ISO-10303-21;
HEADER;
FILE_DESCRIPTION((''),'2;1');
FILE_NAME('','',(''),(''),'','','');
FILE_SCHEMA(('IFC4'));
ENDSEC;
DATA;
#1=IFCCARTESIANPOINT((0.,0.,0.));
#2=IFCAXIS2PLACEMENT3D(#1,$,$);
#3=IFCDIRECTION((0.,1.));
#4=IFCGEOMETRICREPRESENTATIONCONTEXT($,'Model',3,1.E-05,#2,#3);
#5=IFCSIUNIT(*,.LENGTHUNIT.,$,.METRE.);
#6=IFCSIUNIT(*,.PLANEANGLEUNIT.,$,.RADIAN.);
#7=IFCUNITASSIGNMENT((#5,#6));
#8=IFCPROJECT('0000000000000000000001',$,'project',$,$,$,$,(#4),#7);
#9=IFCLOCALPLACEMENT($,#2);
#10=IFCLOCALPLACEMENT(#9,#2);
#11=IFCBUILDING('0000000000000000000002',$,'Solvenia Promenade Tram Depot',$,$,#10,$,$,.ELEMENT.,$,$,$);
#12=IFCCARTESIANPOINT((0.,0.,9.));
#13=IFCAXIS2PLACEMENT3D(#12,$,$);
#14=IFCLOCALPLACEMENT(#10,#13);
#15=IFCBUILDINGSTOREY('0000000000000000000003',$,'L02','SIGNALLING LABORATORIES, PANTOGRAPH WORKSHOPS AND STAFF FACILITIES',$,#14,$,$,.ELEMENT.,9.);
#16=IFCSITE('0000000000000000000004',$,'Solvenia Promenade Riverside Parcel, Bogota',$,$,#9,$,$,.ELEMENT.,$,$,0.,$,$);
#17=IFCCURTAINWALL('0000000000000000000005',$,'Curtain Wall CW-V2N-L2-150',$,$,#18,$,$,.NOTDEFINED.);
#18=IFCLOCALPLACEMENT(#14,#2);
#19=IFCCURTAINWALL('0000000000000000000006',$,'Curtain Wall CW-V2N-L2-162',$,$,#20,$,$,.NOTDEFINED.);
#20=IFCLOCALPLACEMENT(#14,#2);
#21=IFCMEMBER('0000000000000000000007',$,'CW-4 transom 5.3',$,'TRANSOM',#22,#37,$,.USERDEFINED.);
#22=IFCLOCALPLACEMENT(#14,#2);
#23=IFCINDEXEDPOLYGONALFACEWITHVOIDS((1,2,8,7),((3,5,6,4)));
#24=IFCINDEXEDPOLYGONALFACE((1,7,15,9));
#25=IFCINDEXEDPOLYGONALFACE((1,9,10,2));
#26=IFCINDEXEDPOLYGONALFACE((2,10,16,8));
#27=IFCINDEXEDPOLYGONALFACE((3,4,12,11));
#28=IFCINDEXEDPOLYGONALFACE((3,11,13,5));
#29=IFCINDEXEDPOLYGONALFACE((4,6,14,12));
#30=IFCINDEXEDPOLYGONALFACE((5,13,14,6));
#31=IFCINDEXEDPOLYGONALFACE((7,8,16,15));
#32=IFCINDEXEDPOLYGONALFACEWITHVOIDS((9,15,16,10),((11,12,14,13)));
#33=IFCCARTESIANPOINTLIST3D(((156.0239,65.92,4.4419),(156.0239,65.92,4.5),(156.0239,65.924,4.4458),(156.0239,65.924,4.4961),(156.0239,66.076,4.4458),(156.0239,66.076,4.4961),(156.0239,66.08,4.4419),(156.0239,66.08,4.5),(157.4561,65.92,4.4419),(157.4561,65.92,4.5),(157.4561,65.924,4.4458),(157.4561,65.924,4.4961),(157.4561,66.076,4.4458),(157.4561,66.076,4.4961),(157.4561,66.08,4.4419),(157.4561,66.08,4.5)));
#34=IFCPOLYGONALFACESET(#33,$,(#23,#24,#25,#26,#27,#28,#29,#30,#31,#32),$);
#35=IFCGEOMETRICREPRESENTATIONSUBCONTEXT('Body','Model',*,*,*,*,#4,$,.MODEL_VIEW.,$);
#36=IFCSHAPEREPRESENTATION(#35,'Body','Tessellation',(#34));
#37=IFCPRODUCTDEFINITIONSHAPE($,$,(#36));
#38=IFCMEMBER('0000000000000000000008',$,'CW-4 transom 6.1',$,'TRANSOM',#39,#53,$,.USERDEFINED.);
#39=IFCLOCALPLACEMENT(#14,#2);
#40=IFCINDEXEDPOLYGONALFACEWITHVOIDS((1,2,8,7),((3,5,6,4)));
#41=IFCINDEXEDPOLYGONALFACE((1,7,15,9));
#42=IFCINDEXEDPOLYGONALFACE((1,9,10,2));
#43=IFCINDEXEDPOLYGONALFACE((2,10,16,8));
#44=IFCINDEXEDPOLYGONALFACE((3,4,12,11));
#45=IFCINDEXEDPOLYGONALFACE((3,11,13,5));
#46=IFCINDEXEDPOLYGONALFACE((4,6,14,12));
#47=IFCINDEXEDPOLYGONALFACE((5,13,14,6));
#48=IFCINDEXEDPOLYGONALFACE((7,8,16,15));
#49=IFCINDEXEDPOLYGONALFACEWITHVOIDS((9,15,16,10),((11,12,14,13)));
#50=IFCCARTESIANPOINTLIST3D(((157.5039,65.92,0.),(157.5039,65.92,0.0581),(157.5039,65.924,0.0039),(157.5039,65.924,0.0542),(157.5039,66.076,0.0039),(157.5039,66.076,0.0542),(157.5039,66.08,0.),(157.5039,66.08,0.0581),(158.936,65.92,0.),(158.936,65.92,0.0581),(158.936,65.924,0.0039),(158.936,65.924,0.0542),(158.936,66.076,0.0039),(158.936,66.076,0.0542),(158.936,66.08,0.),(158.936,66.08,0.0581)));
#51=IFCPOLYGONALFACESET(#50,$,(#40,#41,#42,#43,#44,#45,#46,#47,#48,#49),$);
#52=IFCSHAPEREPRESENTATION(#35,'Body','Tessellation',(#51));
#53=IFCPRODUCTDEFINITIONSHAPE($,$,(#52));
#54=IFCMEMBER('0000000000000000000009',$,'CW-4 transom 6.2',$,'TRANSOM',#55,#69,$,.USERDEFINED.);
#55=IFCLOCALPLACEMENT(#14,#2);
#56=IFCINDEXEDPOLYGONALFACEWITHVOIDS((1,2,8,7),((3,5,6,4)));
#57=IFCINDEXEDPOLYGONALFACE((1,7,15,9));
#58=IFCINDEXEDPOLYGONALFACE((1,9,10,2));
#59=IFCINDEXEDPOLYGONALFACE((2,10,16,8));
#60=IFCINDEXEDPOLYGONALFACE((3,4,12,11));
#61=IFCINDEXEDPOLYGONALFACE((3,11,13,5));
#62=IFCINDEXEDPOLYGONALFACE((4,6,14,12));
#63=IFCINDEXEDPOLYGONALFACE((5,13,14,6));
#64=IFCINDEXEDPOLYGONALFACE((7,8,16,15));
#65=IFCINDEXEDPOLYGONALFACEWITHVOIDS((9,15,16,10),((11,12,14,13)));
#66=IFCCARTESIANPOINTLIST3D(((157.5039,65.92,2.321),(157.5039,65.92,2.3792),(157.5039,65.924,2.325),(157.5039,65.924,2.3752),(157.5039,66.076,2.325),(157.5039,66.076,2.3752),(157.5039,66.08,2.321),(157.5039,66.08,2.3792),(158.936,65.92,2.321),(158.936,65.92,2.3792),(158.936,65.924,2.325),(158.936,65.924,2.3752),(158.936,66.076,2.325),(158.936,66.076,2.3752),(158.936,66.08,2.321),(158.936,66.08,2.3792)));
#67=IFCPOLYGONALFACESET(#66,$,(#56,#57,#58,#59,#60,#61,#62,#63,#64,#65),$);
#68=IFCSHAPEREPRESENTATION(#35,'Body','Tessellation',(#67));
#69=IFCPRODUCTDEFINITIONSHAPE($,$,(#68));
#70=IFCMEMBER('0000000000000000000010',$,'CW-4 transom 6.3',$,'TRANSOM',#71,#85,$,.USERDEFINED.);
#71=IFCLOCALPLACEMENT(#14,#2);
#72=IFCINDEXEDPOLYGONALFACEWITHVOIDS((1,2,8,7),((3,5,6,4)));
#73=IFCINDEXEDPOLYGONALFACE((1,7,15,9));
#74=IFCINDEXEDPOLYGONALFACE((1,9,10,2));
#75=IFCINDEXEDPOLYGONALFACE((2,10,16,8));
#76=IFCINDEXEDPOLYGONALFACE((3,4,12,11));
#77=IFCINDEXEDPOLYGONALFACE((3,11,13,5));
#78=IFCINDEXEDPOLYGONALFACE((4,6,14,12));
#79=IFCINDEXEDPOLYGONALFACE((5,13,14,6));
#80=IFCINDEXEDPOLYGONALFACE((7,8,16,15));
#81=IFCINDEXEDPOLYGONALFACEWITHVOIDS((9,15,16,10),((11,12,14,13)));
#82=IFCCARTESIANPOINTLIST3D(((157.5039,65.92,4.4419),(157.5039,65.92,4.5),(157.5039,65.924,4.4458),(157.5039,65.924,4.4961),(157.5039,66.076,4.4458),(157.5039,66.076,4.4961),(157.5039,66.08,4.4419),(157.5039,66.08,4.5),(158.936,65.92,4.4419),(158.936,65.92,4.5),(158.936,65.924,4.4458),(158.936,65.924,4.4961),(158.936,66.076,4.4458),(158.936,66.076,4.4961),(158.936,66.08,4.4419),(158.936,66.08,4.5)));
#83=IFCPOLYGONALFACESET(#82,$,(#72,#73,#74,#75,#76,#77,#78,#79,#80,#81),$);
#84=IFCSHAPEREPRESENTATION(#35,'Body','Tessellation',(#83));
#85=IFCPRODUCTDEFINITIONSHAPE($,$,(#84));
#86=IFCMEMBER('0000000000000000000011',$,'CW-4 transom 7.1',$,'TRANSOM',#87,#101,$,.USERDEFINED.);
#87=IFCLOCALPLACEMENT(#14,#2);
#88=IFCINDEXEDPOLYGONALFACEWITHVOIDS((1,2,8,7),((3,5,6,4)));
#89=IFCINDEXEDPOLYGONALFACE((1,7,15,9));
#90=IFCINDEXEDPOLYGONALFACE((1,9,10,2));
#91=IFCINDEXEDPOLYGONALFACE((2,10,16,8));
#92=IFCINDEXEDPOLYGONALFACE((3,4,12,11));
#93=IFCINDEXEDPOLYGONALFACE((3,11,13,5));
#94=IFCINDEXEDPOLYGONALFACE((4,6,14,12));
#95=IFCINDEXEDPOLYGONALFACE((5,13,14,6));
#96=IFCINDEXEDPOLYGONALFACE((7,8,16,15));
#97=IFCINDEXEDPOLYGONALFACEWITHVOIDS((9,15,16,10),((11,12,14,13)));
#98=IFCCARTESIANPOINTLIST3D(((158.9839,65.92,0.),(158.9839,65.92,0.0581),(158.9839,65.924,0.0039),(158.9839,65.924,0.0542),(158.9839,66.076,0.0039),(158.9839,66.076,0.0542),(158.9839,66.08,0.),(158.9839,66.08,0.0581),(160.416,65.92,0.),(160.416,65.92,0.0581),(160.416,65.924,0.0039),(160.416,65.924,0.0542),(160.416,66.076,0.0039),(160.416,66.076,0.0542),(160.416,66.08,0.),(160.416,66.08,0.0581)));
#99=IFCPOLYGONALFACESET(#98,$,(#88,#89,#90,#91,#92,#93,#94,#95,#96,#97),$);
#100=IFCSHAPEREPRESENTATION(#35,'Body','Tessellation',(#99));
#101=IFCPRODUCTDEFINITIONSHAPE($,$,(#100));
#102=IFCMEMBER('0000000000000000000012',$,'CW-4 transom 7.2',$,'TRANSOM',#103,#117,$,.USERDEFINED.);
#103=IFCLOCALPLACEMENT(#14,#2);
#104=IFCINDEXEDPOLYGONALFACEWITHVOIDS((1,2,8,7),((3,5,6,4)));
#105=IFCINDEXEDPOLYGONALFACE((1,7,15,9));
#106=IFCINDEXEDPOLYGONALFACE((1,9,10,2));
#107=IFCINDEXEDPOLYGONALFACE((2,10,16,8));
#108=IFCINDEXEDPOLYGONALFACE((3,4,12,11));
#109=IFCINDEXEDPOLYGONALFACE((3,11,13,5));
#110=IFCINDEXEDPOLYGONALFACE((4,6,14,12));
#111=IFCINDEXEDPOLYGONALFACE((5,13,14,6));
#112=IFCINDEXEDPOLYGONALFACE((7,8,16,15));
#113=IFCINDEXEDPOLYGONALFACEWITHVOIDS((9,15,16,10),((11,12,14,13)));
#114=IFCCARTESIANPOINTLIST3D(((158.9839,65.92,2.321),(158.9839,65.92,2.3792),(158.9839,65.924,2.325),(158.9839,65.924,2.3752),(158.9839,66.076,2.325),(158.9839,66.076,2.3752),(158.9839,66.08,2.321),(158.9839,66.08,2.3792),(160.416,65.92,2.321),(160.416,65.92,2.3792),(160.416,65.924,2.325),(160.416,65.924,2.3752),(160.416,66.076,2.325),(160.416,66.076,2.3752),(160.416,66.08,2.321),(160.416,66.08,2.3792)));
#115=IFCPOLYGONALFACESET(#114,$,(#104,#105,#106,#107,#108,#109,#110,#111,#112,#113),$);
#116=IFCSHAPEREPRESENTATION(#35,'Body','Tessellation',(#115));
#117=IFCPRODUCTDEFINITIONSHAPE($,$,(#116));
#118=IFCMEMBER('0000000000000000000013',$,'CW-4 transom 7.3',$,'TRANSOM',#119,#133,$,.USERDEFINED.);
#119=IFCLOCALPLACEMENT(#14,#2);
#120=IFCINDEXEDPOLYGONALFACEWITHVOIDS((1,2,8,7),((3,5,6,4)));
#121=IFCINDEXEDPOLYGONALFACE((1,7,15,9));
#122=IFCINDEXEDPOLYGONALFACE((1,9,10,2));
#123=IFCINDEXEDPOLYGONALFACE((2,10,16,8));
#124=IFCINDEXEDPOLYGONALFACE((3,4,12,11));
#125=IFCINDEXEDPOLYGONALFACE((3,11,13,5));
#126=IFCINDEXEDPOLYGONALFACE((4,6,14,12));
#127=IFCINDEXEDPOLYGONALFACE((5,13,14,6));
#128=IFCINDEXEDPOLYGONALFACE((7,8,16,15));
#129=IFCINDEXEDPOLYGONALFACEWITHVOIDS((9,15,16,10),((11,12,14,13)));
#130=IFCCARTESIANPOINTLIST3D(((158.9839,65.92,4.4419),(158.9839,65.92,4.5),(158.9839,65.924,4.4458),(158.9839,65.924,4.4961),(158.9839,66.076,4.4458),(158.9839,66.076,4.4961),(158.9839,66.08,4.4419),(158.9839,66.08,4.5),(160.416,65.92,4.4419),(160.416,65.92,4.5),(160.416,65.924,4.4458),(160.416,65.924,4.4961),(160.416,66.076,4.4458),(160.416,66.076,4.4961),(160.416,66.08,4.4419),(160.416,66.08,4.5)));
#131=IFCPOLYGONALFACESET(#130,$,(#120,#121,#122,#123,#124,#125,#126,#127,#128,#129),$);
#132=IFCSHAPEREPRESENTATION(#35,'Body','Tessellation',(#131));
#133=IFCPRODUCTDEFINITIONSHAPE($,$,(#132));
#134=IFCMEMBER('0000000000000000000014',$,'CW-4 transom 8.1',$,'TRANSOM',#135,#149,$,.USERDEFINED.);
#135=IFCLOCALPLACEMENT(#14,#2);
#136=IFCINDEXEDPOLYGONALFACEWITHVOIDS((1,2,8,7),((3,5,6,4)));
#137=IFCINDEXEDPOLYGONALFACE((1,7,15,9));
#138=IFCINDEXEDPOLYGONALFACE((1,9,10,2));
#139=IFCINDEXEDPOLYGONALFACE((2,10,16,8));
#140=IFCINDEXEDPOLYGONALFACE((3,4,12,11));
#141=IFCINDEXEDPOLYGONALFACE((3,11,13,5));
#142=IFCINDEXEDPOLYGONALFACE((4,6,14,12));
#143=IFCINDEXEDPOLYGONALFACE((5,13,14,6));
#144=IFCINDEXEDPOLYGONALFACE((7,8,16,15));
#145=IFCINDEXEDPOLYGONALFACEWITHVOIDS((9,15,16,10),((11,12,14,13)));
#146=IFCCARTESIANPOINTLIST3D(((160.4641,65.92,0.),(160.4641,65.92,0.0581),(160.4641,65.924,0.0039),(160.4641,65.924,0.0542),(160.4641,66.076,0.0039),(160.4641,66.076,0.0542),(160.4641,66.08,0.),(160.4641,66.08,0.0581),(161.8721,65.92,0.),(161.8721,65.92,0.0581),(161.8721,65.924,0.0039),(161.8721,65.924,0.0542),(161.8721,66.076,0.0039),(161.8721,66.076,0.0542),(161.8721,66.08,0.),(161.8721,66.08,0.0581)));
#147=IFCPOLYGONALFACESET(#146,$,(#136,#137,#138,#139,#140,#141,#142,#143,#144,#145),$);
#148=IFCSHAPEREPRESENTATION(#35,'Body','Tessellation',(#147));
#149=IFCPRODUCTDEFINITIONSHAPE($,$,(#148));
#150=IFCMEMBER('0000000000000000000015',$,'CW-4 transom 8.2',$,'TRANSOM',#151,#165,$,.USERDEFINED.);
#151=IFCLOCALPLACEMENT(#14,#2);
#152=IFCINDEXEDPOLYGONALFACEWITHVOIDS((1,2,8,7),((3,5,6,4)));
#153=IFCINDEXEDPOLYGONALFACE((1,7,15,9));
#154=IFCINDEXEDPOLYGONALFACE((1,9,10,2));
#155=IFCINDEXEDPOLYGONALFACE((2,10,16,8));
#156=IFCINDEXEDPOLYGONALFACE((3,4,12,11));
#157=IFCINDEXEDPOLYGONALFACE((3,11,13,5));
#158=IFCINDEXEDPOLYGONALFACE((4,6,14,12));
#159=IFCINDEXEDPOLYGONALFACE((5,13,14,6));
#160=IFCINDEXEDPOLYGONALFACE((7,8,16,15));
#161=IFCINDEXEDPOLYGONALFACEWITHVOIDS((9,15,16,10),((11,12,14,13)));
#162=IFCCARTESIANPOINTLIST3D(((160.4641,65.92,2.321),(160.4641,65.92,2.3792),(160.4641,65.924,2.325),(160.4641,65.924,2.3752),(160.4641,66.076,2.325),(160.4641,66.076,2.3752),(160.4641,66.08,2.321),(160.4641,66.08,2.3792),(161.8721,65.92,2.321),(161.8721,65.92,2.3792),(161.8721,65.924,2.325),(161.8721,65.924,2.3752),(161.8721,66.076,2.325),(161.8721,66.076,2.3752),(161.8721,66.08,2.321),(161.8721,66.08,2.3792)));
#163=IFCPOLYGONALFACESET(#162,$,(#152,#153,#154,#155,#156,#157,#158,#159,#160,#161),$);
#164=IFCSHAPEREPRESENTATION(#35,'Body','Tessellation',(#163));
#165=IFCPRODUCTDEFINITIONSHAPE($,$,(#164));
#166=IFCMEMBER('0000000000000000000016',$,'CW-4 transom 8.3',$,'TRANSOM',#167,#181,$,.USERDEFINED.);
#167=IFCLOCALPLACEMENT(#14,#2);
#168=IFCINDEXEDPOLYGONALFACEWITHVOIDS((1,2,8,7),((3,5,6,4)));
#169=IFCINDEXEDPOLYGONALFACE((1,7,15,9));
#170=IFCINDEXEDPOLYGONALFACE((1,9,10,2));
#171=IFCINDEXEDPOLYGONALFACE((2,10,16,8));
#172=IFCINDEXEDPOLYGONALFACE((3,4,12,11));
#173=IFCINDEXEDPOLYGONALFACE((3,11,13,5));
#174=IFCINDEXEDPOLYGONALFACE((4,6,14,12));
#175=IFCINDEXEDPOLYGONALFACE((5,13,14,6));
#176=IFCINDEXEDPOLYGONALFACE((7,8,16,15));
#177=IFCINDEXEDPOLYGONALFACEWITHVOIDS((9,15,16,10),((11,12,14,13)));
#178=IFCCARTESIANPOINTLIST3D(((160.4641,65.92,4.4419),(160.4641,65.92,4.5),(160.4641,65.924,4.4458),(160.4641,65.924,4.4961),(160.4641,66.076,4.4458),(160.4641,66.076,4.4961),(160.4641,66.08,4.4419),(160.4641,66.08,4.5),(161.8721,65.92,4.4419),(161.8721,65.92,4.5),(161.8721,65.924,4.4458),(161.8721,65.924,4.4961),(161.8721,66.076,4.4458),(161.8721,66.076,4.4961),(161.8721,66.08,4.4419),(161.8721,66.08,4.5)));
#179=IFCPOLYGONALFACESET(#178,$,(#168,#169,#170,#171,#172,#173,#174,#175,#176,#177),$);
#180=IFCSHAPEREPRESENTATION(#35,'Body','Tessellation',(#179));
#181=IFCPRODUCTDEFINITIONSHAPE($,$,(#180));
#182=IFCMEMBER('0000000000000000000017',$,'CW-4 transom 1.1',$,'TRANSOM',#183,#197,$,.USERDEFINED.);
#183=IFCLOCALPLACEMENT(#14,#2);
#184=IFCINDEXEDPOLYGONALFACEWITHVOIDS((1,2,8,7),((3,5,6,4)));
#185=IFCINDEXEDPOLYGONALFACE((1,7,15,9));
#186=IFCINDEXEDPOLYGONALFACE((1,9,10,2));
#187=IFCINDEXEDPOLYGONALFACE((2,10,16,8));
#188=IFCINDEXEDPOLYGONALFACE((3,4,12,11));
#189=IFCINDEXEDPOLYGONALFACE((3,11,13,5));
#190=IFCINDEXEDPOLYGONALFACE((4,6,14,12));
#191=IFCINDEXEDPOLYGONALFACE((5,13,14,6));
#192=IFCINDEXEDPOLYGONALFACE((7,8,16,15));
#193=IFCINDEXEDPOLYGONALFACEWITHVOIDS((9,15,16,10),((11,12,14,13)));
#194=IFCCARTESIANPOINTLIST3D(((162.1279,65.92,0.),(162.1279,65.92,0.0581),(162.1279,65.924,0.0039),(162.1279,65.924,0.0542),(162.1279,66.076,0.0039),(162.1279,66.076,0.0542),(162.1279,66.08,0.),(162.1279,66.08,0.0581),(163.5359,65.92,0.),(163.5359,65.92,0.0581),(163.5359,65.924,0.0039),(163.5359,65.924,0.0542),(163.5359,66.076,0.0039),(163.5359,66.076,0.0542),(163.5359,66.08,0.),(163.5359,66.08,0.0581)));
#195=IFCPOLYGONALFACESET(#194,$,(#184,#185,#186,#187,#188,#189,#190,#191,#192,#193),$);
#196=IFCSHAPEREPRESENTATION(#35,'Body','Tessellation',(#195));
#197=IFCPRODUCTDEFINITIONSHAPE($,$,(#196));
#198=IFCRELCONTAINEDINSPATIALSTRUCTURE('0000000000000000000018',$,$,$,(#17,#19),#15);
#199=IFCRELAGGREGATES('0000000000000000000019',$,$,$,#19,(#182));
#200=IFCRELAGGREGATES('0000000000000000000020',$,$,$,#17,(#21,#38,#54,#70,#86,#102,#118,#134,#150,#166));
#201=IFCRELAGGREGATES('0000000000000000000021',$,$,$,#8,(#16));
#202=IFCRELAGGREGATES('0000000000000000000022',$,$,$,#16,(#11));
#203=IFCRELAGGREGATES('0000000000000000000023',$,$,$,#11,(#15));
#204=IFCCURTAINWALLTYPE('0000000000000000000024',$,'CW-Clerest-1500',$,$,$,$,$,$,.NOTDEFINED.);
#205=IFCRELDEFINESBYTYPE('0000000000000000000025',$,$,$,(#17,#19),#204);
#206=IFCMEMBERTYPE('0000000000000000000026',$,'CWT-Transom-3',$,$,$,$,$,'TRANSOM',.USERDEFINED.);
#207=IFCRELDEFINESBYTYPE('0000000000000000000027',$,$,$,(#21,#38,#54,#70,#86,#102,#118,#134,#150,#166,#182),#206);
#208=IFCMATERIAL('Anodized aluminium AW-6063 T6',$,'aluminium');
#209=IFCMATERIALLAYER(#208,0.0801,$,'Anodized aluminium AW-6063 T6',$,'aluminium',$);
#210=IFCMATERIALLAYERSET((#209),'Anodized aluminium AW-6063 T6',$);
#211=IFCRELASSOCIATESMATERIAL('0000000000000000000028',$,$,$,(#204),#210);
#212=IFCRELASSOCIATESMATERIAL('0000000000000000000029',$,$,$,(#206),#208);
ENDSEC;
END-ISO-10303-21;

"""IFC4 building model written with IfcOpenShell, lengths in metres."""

from ifc_helpers import new_model, si_unit, direction, frame, origin, origin_2d, place, context, subcontext, project, spatial, hollow_rectangle, extrude, material, layer, layer_set, material_profile, profile_set, type_object, element, aggregate, save


model = new_model("IFC4")

# Units and contexts
model_context = context("Model", 3, precision=1e-05, world=origin(), true_north=direction((0.0, 1.0)))
body_context = subcontext(model_context, "Body", "Model", "MODEL_VIEW")
ifc_project = project(units=[si_unit("LENGTHUNIT", "METRE"), si_unit("PLANEANGLEUNIT", "RADIAN")], contexts=[model_context])

# Site, building, storey
site_placement = place(None, origin())
site = spatial("IfcSite", under=ifc_project, at=site_placement, Name="Solvenia Promenade Riverside Parcel, Bogota", CompositionType="ELEMENT", RefElevation=0.0)
building_placement = place(site_placement, origin())
building = spatial("IfcBuilding", under=site, at=building_placement, Name="Solvenia Promenade Tram Depot", CompositionType="ELEMENT")
storey_placement = place(building_placement, frame((0.0, 0.0, 9.0)))
storey = spatial("IfcBuildingStorey", under=building, at=storey_placement, Name="L02", Description="SIGNALLING LABORATORIES, PANTOGRAPH WORKSHOPS AND STAFF FACILITIES", CompositionType="ELEMENT", Elevation=9.0)

# Curtain wall
ifc_material_1 = material(Name="Anodized aluminium AW-6063 T6", Category="aluminium")
ifc_layer_1 = layer(ifc_material_1, 0.0801, Name="Anodized aluminium AW-6063 T6", Category="aluminium")
ifc_layer_set_1 = layer_set([ifc_layer_1], Name="Anodized aluminium AW-6063 T6")
curtain_wall_type = type_object("IfcCurtainWallType", Name="CW-Clerest-1500", PredefinedType="NOTDEFINED", material=ifc_layer_set_1)
curtain_wall_1_placement = place(storey_placement, origin())
curtain_wall_1 = element("IfcCurtainWall", 1, at=curtain_wall_1_placement, inside=storey, type_object=curtain_wall_type, Name="Curtain Wall CW-V2N-L2-150", PredefinedType="NOTDEFINED")

# Curtain wall
curtain_wall_2_placement = place(storey_placement, origin())
curtain_wall_2 = element("IfcCurtainWall", 2, at=curtain_wall_2_placement, inside=storey, type_object=curtain_wall_type, Name="Curtain Wall CW-V2N-L2-162", PredefinedType="NOTDEFINED")

# Members
ifc_material_profile_1 = material_profile(ifc_material_1, hollow_rectangle(XDim=0.1599, YDim=0.0581, WallThickness=0.0039, at=origin_2d()), Name="ALU-T3", Category="aluminium")
ifc_profile_set_1 = profile_set([ifc_material_profile_1], Name="Anodized aluminium AW-6063 T6")
member_type_1 = type_object("IfcMemberType", Name="CWT-Transom-3", ElementType="TRANSOM", PredefinedType="USERDEFINED", material=ifc_profile_set_1)
member_1_placement = place(storey_placement, frame((156.0239, 66.0, 4.4709), z_axis=(1.0, 0.0, 0.0), x_axis=(0.0, 1.0, 0.0)))
member_1 = element("IfcMember", 3, at=member_1_placement, type_object=member_type_1, Name="CW-4 transom 5.3", ObjectType="TRANSOM", PredefinedType="USERDEFINED", context=body_context, shape_type="SweptSolid", body=[
    extrude(hollow_rectangle(XDim=0.1599, YDim=0.0581, WallThickness=0.0039, at=origin_2d()), origin(), (0.0, 0.0, 1.0), 1.4321),
])
member_2_placement = place(storey_placement, frame((157.5039, 66.0, 0.0291), z_axis=(1.0, 0.0, 0.0), x_axis=(0.0, 1.0, 0.0)))
member_2 = element("IfcMember", 4, at=member_2_placement, type_object=member_type_1, Name="CW-4 transom 6.1", ObjectType="TRANSOM", PredefinedType="USERDEFINED", context=body_context, shape_type="SweptSolid", body=[
    extrude(hollow_rectangle(XDim=0.1599, YDim=0.0581, WallThickness=0.0039, at=origin_2d()), origin(), (0.0, 0.0, 1.0), 1.4321),
])
member_3_placement = place(storey_placement, frame((157.5039, 66.0, 2.3501), z_axis=(1.0, 0.0, 0.0), x_axis=(0.0, 1.0, 0.0)))
member_3 = element("IfcMember", 5, at=member_3_placement, type_object=member_type_1, Name="CW-4 transom 6.2", ObjectType="TRANSOM", PredefinedType="USERDEFINED", context=body_context, shape_type="SweptSolid", body=[
    extrude(hollow_rectangle(XDim=0.1599, YDim=0.0581, WallThickness=0.0039, at=origin_2d()), origin(), (0.0, 0.0, 1.0), 1.4321),
])
member_4_placement = place(storey_placement, frame((157.5039, 66.0, 4.4709), z_axis=(1.0, 0.0, 0.0), x_axis=(0.0, 1.0, 0.0)))
member_4 = element("IfcMember", 6, at=member_4_placement, type_object=member_type_1, Name="CW-4 transom 6.3", ObjectType="TRANSOM", PredefinedType="USERDEFINED", context=body_context, shape_type="SweptSolid", body=[
    extrude(hollow_rectangle(XDim=0.1599, YDim=0.0581, WallThickness=0.0039, at=origin_2d()), origin(), (0.0, 0.0, 1.0), 1.4321),
])
member_5_placement = place(storey_placement, frame((158.9839, 66.0, 0.0291), z_axis=(1.0, 0.0, 0.0), x_axis=(0.0, 1.0, 0.0)))
member_5 = element("IfcMember", 7, at=member_5_placement, type_object=member_type_1, Name="CW-4 transom 7.1", ObjectType="TRANSOM", PredefinedType="USERDEFINED", context=body_context, shape_type="SweptSolid", body=[
    extrude(hollow_rectangle(XDim=0.1599, YDim=0.0581, WallThickness=0.0039, at=origin_2d()), origin(), (0.0, 0.0, 1.0), 1.4321),
])
member_6_placement = place(storey_placement, frame((158.9839, 66.0, 2.3501), z_axis=(1.0, 0.0, 0.0), x_axis=(0.0, 1.0, 0.0)))
member_6 = element("IfcMember", 8, at=member_6_placement, type_object=member_type_1, Name="CW-4 transom 7.2", ObjectType="TRANSOM", PredefinedType="USERDEFINED", context=body_context, shape_type="SweptSolid", body=[
    extrude(hollow_rectangle(XDim=0.1599, YDim=0.0581, WallThickness=0.0039, at=origin_2d()), origin(), (0.0, 0.0, 1.0), 1.4321),
])
member_7_placement = place(storey_placement, frame((158.9839, 66.0, 4.4709), z_axis=(1.0, 0.0, 0.0), x_axis=(0.0, 1.0, 0.0)))
member_7 = element("IfcMember", 9, at=member_7_placement, type_object=member_type_1, Name="CW-4 transom 7.3", ObjectType="TRANSOM", PredefinedType="USERDEFINED", context=body_context, shape_type="SweptSolid", body=[
    extrude(hollow_rectangle(XDim=0.1599, YDim=0.0581, WallThickness=0.0039, at=origin_2d()), origin(), (0.0, 0.0, 1.0), 1.4321),
])
member_8_placement = place(storey_placement, frame((160.4641, 66.0, 0.0291), z_axis=(1.0, 0.0, 0.0), x_axis=(0.0, 1.0, 0.0)))
member_8 = element("IfcMember", 10, at=member_8_placement, type_object=member_type_1, Name="CW-4 transom 8.1", ObjectType="TRANSOM", PredefinedType="USERDEFINED", context=body_context, shape_type="SweptSolid", body=[
    extrude(hollow_rectangle(XDim=0.1599, YDim=0.0581, WallThickness=0.0039, at=origin_2d()), origin(), (0.0, 0.0, 1.0), 1.408),
])
member_9_placement = place(storey_placement, frame((160.4641, 66.0, 2.3501), z_axis=(1.0, 0.0, 0.0), x_axis=(0.0, 1.0, 0.0)))
member_9 = element("IfcMember", 11, at=member_9_placement, type_object=member_type_1, Name="CW-4 transom 8.2", ObjectType="TRANSOM", PredefinedType="USERDEFINED", context=body_context, shape_type="SweptSolid", body=[
    extrude(hollow_rectangle(XDim=0.1599, YDim=0.0581, WallThickness=0.0039, at=origin_2d()), origin(), (0.0, 0.0, 1.0), 1.408),
])
member_10_placement = place(storey_placement, frame((160.4641, 66.0, 4.4709), z_axis=(1.0, 0.0, 0.0), x_axis=(0.0, 1.0, 0.0)))
member_10 = element("IfcMember", 12, at=member_10_placement, type_object=member_type_1, Name="CW-4 transom 8.3", ObjectType="TRANSOM", PredefinedType="USERDEFINED", context=body_context, shape_type="SweptSolid", body=[
    extrude(hollow_rectangle(XDim=0.1599, YDim=0.0581, WallThickness=0.0039, at=origin_2d()), origin(), (0.0, 0.0, 1.0), 1.408),
])
member_11_placement = place(storey_placement, frame((162.1279, 66.0, 0.0291), z_axis=(1.0, 0.0, 0.0), x_axis=(0.0, 1.0, 0.0)))
member_11 = element("IfcMember", 13, at=member_11_placement, type_object=member_type_1, Name="CW-4 transom 1.1", ObjectType="TRANSOM", PredefinedType="USERDEFINED", context=body_context, shape_type="SweptSolid", body=[
    extrude(hollow_rectangle(XDim=0.1599, YDim=0.0581, WallThickness=0.0039, at=origin_2d()), origin(), (0.0, 0.0, 1.0), 1.408),
])
aggregate(curtain_wall_2, [member_11])

aggregate(curtain_wall_1, [member_1, member_2, member_3, member_4, member_5, member_6, member_7, member_8, member_9, member_10])

save(model, "model.ifc")
